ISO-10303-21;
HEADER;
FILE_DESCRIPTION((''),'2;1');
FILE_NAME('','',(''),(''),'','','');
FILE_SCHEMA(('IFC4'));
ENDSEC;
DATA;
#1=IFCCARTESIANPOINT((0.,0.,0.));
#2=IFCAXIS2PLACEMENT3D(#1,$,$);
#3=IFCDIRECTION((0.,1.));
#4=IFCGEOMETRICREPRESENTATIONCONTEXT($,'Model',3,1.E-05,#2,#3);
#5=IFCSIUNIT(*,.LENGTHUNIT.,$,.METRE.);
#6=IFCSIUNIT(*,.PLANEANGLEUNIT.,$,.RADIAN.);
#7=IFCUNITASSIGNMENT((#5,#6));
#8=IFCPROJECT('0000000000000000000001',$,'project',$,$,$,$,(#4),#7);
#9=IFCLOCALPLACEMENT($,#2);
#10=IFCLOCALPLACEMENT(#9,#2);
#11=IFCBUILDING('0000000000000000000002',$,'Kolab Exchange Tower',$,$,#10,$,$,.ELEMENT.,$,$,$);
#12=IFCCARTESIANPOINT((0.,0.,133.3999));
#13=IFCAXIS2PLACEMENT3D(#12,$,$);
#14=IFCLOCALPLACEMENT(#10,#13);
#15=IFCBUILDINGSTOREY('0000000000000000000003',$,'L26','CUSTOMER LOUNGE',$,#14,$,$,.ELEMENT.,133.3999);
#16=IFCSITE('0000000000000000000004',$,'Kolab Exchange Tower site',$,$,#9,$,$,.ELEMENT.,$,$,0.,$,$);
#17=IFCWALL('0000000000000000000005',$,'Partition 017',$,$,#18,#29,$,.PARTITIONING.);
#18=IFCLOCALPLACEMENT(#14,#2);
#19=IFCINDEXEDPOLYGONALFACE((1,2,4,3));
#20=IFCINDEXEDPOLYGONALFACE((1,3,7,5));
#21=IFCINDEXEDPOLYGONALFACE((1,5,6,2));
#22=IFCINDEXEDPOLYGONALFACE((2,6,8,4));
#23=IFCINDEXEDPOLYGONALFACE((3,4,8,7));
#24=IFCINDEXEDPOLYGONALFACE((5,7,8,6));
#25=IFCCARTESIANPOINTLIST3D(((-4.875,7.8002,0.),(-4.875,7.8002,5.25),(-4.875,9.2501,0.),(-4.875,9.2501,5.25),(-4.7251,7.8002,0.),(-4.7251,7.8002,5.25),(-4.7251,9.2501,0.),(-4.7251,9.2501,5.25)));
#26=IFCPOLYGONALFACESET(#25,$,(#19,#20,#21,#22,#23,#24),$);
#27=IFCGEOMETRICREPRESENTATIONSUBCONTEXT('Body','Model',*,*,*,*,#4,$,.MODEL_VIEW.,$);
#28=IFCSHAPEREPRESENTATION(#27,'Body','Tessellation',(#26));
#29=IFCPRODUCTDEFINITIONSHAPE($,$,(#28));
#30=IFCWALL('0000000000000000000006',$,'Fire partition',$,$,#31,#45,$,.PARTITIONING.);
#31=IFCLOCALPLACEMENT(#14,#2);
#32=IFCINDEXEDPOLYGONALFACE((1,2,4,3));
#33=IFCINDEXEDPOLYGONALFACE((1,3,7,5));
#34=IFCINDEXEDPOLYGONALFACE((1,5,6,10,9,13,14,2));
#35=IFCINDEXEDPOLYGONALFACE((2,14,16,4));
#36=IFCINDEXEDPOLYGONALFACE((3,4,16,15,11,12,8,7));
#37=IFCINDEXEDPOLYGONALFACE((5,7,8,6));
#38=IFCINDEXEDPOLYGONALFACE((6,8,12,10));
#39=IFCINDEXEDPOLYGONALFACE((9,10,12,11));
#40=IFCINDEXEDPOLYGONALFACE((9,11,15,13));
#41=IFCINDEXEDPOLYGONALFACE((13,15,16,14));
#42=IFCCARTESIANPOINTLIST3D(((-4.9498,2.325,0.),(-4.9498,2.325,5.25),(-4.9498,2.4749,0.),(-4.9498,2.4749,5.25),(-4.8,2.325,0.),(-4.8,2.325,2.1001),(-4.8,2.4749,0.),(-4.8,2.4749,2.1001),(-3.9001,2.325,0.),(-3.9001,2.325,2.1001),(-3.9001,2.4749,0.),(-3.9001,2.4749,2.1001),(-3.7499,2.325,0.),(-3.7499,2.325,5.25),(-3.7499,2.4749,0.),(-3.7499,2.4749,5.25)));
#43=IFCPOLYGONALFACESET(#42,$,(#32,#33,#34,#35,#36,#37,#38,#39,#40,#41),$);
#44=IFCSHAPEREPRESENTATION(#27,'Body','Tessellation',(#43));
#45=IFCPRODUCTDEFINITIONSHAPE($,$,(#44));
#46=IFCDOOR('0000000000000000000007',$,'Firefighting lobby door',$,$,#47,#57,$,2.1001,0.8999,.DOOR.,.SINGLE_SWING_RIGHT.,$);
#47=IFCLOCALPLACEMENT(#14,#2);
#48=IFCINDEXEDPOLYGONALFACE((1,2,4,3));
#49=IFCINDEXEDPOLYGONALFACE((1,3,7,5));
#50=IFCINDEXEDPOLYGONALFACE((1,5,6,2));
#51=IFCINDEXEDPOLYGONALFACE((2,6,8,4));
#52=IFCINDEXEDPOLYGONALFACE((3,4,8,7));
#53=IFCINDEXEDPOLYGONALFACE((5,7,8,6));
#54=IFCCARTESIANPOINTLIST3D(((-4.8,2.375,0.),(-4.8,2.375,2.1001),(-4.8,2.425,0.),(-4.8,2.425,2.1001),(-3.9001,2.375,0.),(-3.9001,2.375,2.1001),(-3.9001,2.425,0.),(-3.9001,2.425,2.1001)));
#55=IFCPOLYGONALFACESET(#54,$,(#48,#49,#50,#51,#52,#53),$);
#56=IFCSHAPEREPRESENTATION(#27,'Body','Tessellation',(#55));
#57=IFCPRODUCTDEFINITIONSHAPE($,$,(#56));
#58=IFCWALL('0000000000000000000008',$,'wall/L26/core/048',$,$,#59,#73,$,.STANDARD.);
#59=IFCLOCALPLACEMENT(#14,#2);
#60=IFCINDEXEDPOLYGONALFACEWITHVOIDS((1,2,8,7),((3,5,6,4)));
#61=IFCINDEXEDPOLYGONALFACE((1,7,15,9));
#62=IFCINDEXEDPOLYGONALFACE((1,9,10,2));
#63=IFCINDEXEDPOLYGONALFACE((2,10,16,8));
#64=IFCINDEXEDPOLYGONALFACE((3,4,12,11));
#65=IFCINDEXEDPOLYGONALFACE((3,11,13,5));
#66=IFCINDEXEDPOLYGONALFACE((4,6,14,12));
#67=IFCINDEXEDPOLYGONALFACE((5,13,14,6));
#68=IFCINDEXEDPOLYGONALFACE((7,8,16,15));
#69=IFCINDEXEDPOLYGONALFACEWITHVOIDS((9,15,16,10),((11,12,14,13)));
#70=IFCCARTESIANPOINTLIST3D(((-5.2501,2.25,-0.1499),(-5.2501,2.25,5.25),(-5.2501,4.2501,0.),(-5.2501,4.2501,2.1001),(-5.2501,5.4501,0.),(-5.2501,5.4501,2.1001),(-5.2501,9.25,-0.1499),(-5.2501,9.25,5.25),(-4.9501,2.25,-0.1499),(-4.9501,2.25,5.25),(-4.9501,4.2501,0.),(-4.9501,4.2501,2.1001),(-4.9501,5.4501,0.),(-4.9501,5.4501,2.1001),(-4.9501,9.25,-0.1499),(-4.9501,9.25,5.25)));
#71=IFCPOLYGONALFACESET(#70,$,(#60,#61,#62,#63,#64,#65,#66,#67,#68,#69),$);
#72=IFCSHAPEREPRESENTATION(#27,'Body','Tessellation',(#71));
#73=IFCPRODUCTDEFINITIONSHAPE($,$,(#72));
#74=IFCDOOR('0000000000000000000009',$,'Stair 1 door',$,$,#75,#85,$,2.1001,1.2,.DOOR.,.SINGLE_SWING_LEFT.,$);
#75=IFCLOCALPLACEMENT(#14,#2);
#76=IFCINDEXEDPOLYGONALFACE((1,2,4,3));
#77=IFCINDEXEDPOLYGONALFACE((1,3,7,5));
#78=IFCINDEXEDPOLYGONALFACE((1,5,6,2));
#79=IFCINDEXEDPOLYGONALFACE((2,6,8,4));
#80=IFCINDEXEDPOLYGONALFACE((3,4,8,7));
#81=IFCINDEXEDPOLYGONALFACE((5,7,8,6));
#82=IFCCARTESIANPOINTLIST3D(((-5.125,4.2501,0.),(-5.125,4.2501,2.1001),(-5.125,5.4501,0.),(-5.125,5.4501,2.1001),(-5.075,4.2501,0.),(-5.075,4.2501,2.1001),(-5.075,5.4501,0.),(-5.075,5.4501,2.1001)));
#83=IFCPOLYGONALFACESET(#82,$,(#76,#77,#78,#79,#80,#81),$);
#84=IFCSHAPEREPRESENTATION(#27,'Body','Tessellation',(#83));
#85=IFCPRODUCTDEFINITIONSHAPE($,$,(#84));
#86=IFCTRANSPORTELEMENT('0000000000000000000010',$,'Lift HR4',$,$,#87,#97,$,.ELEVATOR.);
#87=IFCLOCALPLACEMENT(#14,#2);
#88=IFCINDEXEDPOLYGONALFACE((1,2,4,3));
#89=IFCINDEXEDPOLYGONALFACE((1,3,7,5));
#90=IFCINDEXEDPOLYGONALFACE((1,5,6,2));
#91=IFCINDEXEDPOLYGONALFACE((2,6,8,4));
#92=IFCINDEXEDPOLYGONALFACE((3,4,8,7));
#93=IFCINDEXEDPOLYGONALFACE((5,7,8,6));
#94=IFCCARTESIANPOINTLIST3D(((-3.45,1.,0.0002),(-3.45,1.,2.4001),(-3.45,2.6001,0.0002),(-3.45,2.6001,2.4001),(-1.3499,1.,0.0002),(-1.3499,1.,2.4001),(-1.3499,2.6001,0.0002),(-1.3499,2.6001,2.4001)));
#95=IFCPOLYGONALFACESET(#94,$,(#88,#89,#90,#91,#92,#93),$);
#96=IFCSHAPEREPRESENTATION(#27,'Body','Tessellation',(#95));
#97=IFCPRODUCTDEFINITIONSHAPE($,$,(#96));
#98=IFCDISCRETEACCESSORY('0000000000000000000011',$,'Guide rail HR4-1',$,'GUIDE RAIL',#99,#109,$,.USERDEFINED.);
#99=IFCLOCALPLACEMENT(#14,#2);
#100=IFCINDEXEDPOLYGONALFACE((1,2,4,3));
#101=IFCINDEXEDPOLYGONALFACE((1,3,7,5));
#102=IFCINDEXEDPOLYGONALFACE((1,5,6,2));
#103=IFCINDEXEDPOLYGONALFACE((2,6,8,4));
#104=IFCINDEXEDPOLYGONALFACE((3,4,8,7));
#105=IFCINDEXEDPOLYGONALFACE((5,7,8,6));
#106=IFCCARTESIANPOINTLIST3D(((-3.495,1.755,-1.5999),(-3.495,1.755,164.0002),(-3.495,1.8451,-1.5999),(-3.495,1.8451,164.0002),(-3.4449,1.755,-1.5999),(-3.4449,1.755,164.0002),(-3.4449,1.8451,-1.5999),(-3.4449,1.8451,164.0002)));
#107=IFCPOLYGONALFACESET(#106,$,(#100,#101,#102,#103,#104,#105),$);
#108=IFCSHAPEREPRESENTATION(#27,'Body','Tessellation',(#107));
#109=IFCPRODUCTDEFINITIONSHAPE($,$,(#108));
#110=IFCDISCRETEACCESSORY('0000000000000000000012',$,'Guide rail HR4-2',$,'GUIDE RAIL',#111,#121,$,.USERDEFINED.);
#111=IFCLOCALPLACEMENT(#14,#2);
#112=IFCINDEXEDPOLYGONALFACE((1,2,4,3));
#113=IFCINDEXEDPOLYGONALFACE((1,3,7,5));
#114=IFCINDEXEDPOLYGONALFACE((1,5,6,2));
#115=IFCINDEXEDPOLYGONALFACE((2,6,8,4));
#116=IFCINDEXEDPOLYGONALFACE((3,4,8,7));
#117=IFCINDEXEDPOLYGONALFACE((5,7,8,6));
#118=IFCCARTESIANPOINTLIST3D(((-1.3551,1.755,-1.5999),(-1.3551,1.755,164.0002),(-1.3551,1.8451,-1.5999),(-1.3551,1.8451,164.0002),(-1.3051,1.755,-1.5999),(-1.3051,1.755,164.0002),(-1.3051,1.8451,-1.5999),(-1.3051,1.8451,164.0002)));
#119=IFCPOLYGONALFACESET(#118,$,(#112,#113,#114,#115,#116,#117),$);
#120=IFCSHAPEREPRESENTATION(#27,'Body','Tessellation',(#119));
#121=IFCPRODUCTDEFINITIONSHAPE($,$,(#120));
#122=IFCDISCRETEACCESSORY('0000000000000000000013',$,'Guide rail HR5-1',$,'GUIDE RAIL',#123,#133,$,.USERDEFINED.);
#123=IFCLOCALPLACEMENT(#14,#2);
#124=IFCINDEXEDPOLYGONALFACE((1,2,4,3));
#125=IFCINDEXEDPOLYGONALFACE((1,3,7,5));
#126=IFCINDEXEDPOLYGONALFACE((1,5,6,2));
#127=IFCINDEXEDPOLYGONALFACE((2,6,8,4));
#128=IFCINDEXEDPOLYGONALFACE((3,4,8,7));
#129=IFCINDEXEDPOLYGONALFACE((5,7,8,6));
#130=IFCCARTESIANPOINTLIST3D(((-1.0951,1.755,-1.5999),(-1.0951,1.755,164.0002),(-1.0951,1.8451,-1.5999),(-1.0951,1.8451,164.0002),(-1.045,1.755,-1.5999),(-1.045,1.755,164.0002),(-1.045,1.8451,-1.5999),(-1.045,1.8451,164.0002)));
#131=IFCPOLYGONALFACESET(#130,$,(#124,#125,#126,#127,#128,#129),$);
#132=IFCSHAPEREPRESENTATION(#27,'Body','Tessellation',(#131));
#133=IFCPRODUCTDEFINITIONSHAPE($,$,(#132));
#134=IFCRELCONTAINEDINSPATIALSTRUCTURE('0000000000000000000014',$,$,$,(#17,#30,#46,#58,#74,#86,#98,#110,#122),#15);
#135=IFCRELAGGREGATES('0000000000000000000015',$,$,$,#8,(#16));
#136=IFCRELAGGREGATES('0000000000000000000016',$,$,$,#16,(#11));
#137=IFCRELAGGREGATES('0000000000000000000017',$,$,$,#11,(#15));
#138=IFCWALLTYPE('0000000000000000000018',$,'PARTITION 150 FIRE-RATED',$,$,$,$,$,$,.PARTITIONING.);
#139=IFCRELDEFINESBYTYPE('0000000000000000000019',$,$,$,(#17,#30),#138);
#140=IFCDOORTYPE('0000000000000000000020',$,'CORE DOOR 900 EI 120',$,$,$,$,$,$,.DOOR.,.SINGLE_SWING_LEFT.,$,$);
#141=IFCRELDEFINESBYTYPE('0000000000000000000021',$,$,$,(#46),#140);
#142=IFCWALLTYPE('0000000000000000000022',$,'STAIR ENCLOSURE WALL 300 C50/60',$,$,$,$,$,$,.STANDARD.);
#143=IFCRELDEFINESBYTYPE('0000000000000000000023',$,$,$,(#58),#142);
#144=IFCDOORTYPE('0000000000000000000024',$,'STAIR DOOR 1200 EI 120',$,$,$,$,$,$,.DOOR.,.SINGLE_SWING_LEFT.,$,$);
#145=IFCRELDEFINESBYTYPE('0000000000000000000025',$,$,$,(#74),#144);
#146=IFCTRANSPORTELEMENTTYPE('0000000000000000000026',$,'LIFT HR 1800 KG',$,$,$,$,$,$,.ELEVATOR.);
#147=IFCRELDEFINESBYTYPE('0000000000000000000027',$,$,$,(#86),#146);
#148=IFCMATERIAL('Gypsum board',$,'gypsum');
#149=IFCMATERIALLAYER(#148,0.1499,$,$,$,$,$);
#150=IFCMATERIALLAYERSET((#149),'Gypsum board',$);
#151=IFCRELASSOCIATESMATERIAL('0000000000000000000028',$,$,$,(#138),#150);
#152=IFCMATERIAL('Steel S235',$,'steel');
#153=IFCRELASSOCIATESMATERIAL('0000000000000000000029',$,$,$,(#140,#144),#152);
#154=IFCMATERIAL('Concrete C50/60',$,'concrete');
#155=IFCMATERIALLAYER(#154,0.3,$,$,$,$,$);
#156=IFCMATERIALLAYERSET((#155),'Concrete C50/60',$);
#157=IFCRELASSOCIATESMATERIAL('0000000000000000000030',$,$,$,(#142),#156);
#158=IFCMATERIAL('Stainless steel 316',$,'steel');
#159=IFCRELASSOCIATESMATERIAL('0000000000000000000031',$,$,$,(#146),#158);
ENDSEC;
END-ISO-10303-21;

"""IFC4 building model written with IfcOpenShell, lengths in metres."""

from ifc_helpers import new_model, si_unit, direction, frame, frame_2d, origin, origin_2d, place, context, subcontext, project, spatial, rectangle, extrude, material, layer, layer_set, type_object, element, fill, save


model = new_model("IFC4")

# Units and contexts
model_context = context("Model", 3, precision=1e-05, world=origin(), true_north=direction((0.0, 1.0)))
body_context = subcontext(model_context, "Body", "Model", "MODEL_VIEW")
ifc_project = project(units=[si_unit("LENGTHUNIT", "METRE"), si_unit("PLANEANGLEUNIT", "RADIAN")], contexts=[model_context])

# Site, building, storey
site_placement = place(None, origin())
site = spatial("IfcSite", under=ifc_project, at=site_placement, Name="Kolab Exchange Tower site", CompositionType="ELEMENT", RefElevation=0.0)
building_placement = place(site_placement, origin())
building = spatial("IfcBuilding", under=site, at=building_placement, Name="Kolab Exchange Tower", CompositionType="ELEMENT")
storey_placement = place(building_placement, frame((0.0, 0.0, 133.3999)))
storey = spatial("IfcBuildingStorey", under=building, at=storey_placement, Name="L26", Description="CUSTOMER LOUNGE", CompositionType="ELEMENT", Elevation=133.3999)

# Shared definitions
ifc_material_1 = material(Name="Concrete C50/60", Category="concrete")

# Shared definitions
ifc_material_2 = material(Name="Stainless steel 316", Category="steel")

# Wall
ifc_material_3 = material(Name="Gypsum board", Category="gypsum")
ifc_layer_1 = layer(ifc_material_3, 0.1499)
ifc_layer_set_1 = layer_set([ifc_layer_1], Name="Gypsum board")
wall_type_1 = type_object("IfcWallType", Name="PARTITION 150 FIRE-RATED", PredefinedType="PARTITIONING", material=ifc_layer_set_1)
wall_1_placement = place(storey_placement, frame((-4.8, 7.8, 0.0), z_axis=(0.0, 0.0, 1.0), x_axis=(0.0, 1.0, 0.0)))
element("IfcWall", 1, at=wall_1_placement, inside=storey, type_object=wall_type_1, Name="Partition 017", PredefinedType="PARTITIONING", context=body_context, shape_type="SweptSolid", body=[
    extrude(rectangle(XDim=1.45, YDim=0.1499, at=frame_2d((0.7251, 0.0))), origin(), (0.0, 0.0, 1.0), 5.25),
])

# Walls, openings, doors
wall_2_placement = place(storey_placement, frame((-4.95, 2.3999, 0.0), z_axis=(0.0, 0.0, 1.0), x_axis=(1.0, 0.0, 0.0)))
wall_2 = element("IfcWall", 2, at=wall_2_placement, inside=storey, type_object=wall_type_1, Name="Fire partition", PredefinedType="PARTITIONING", context=body_context, shape_type="SweptSolid", body=[
    extrude(rectangle(XDim=1.2, YDim=0.1499, at=frame_2d((0.6001, 0.0))), origin(), (0.0, 0.0, 1.0), 5.25),
])
opening_1_placement = place(wall_2_placement, frame((0.1499, 0.0, 0.0)))
opening_1 = element("IfcOpeningElement", 3, at=opening_1_placement, cuts=wall_2, PredefinedType="OPENING", context=body_context, shape_type="SweptSolid", body=[
    extrude(rectangle(XDim=0.8999, YDim=2.1001, at=frame_2d((0.45, 1.05))), frame((0.0, 0.085, 0.0), z_axis=(0.0, -1.0, 0.0), x_axis=(1.0, 0.0, 0.0)), (0.0, 0.0, 1.0), 0.1699),
])
ifc_material_4 = material(Name="Steel S235", Category="steel")
door_type_1 = type_object("IfcDoorType", Name="CORE DOOR 900 EI 120", OperationType="SINGLE_SWING_LEFT", PredefinedType="DOOR", material=ifc_material_4)
door_1_placement = place(opening_1_placement, frame((0.8999, 0.0, 0.0), z_axis=(0.0, 0.0, 1.0), x_axis=(-1.0, 0.0, 0.0)))
door_1 = element("IfcDoor", 4, at=door_1_placement, inside=storey, type_object=door_type_1, Name="Firefighting lobby door", OperationType="SINGLE_SWING_RIGHT", OverallHeight=2.1001, OverallWidth=0.8999, PredefinedType="DOOR", context=body_context, shape_type="SweptSolid", body=[
    extrude(rectangle(XDim=0.8999, YDim=2.1001, at=frame_2d((0.45, 1.05))), frame((0.0, 0.0249, 0.0), z_axis=(0.0, -1.0, 0.0), x_axis=(1.0, 0.0, 0.0)), (0.0, 0.0, 1.0), 0.05),
])
fill(opening_1, door_1)
ifc_layer_2 = layer(ifc_material_1, 0.3)
ifc_layer_set_2 = layer_set([ifc_layer_2], Name="Concrete C50/60")
wall_type_2 = type_object("IfcWallType", Name="STAIR ENCLOSURE WALL 300 C50/60", PredefinedType="STANDARD", material=ifc_layer_set_2)
wall_3_placement = place(storey_placement, frame((-5.1001, 2.25, -0.1499), z_axis=(0.0, 0.0, 1.0), x_axis=(0.0, 1.0, 0.0)))
wall_3 = element("IfcWall", 5, at=wall_3_placement, inside=storey, type_object=wall_type_2, Name="wall/L26/core/048", PredefinedType="STANDARD", context=body_context, shape_type="SweptSolid", body=[
    extrude(rectangle(XDim=7.0, YDim=0.3, at=frame_2d((3.5, 0.0))), origin(), (0.0, 0.0, 1.0), 5.3999),
])
opening_2_placement = place(wall_3_placement, frame((2.0, 0.0, 0.1499)))
opening_2 = element("IfcOpeningElement", 6, at=opening_2_placement, cuts=wall_3, PredefinedType="OPENING", context=body_context, shape_type="SweptSolid", body=[
    extrude(rectangle(XDim=1.2, YDim=2.1001, at=frame_2d((0.6001, 1.05))), frame((0.0, 0.1602, 0.0), z_axis=(0.0, -1.0, 0.0), x_axis=(1.0, 0.0, 0.0)), (0.0, 0.0, 1.0), 0.3201),
])
door_type_2 = type_object("IfcDoorType", Name="STAIR DOOR 1200 EI 120", OperationType="SINGLE_SWING_LEFT", PredefinedType="DOOR", material=ifc_material_4)
door_2_placement = place(opening_2_placement, origin())
door_2 = element("IfcDoor", 7, at=door_2_placement, inside=storey, type_object=door_type_2, Name="Stair 1 door", OperationType="SINGLE_SWING_LEFT", OverallHeight=2.1001, OverallWidth=1.2, PredefinedType="DOOR", context=body_context, shape_type="SweptSolid", body=[
    extrude(rectangle(XDim=1.2, YDim=2.1001, at=frame_2d((0.6001, 1.05))), frame((0.0, 0.0249, 0.0), z_axis=(0.0, -1.0, 0.0), x_axis=(1.0, 0.0, 0.0)), (0.0, 0.0, 1.0), 0.05),
])
fill(opening_2, door_2)

# Transport element
transport_element_type = type_object("IfcTransportElementType", Name="LIFT HR 1800 KG", PredefinedType="ELEVATOR", material=ifc_material_2)
transport_element_placement = place(storey_placement, frame((-2.3999, 1.8, 0.0002), z_axis=(0.0, 0.0, 1.0), x_axis=(1.0, 0.0, 0.0)))
element("IfcTransportElement", 8, at=transport_element_placement, inside=storey, type_object=transport_element_type, Name="Lift HR4", PredefinedType="ELEVATOR", context=body_context, shape_type="SweptSolid", body=[
    extrude(rectangle(XDim=2.1001, YDim=1.6001, at=origin_2d()), origin(), (0.0, 0.0, 1.0), 2.3999),
])

# Discrete accessories
for number, where, z_axis, x_axis, name in (
    (9, (-3.47, 1.8, -1.5999), (0.0, 0.0, 1.0), (1.0, 0.0, 0.0), "Guide rail HR4-1"),
    (10, (-1.3301, 1.8, -1.5999), (0.0, 0.0, 1.0), (1.0, 0.0, 0.0), "Guide rail HR4-2"),
    (11, (-1.0701, 1.8, -1.5999), (0.0, 0.0, 1.0), (1.0, 0.0, 0.0), "Guide rail HR5-1"),
):
    element("IfcDiscreteAccessory", number, at=place(storey_placement, frame(where, z_axis=z_axis, x_axis=x_axis)), inside=storey, Name=name, ObjectType="GUIDE RAIL", PredefinedType="USERDEFINED", context=body_context, shape_type="SweptSolid", body=[
        extrude(rectangle(XDim=0.05, YDim=0.0901, at=origin_2d()), origin(), (0.0, 0.0, 1.0), 165.6001),
    ])

save(model, "model.ifc")
